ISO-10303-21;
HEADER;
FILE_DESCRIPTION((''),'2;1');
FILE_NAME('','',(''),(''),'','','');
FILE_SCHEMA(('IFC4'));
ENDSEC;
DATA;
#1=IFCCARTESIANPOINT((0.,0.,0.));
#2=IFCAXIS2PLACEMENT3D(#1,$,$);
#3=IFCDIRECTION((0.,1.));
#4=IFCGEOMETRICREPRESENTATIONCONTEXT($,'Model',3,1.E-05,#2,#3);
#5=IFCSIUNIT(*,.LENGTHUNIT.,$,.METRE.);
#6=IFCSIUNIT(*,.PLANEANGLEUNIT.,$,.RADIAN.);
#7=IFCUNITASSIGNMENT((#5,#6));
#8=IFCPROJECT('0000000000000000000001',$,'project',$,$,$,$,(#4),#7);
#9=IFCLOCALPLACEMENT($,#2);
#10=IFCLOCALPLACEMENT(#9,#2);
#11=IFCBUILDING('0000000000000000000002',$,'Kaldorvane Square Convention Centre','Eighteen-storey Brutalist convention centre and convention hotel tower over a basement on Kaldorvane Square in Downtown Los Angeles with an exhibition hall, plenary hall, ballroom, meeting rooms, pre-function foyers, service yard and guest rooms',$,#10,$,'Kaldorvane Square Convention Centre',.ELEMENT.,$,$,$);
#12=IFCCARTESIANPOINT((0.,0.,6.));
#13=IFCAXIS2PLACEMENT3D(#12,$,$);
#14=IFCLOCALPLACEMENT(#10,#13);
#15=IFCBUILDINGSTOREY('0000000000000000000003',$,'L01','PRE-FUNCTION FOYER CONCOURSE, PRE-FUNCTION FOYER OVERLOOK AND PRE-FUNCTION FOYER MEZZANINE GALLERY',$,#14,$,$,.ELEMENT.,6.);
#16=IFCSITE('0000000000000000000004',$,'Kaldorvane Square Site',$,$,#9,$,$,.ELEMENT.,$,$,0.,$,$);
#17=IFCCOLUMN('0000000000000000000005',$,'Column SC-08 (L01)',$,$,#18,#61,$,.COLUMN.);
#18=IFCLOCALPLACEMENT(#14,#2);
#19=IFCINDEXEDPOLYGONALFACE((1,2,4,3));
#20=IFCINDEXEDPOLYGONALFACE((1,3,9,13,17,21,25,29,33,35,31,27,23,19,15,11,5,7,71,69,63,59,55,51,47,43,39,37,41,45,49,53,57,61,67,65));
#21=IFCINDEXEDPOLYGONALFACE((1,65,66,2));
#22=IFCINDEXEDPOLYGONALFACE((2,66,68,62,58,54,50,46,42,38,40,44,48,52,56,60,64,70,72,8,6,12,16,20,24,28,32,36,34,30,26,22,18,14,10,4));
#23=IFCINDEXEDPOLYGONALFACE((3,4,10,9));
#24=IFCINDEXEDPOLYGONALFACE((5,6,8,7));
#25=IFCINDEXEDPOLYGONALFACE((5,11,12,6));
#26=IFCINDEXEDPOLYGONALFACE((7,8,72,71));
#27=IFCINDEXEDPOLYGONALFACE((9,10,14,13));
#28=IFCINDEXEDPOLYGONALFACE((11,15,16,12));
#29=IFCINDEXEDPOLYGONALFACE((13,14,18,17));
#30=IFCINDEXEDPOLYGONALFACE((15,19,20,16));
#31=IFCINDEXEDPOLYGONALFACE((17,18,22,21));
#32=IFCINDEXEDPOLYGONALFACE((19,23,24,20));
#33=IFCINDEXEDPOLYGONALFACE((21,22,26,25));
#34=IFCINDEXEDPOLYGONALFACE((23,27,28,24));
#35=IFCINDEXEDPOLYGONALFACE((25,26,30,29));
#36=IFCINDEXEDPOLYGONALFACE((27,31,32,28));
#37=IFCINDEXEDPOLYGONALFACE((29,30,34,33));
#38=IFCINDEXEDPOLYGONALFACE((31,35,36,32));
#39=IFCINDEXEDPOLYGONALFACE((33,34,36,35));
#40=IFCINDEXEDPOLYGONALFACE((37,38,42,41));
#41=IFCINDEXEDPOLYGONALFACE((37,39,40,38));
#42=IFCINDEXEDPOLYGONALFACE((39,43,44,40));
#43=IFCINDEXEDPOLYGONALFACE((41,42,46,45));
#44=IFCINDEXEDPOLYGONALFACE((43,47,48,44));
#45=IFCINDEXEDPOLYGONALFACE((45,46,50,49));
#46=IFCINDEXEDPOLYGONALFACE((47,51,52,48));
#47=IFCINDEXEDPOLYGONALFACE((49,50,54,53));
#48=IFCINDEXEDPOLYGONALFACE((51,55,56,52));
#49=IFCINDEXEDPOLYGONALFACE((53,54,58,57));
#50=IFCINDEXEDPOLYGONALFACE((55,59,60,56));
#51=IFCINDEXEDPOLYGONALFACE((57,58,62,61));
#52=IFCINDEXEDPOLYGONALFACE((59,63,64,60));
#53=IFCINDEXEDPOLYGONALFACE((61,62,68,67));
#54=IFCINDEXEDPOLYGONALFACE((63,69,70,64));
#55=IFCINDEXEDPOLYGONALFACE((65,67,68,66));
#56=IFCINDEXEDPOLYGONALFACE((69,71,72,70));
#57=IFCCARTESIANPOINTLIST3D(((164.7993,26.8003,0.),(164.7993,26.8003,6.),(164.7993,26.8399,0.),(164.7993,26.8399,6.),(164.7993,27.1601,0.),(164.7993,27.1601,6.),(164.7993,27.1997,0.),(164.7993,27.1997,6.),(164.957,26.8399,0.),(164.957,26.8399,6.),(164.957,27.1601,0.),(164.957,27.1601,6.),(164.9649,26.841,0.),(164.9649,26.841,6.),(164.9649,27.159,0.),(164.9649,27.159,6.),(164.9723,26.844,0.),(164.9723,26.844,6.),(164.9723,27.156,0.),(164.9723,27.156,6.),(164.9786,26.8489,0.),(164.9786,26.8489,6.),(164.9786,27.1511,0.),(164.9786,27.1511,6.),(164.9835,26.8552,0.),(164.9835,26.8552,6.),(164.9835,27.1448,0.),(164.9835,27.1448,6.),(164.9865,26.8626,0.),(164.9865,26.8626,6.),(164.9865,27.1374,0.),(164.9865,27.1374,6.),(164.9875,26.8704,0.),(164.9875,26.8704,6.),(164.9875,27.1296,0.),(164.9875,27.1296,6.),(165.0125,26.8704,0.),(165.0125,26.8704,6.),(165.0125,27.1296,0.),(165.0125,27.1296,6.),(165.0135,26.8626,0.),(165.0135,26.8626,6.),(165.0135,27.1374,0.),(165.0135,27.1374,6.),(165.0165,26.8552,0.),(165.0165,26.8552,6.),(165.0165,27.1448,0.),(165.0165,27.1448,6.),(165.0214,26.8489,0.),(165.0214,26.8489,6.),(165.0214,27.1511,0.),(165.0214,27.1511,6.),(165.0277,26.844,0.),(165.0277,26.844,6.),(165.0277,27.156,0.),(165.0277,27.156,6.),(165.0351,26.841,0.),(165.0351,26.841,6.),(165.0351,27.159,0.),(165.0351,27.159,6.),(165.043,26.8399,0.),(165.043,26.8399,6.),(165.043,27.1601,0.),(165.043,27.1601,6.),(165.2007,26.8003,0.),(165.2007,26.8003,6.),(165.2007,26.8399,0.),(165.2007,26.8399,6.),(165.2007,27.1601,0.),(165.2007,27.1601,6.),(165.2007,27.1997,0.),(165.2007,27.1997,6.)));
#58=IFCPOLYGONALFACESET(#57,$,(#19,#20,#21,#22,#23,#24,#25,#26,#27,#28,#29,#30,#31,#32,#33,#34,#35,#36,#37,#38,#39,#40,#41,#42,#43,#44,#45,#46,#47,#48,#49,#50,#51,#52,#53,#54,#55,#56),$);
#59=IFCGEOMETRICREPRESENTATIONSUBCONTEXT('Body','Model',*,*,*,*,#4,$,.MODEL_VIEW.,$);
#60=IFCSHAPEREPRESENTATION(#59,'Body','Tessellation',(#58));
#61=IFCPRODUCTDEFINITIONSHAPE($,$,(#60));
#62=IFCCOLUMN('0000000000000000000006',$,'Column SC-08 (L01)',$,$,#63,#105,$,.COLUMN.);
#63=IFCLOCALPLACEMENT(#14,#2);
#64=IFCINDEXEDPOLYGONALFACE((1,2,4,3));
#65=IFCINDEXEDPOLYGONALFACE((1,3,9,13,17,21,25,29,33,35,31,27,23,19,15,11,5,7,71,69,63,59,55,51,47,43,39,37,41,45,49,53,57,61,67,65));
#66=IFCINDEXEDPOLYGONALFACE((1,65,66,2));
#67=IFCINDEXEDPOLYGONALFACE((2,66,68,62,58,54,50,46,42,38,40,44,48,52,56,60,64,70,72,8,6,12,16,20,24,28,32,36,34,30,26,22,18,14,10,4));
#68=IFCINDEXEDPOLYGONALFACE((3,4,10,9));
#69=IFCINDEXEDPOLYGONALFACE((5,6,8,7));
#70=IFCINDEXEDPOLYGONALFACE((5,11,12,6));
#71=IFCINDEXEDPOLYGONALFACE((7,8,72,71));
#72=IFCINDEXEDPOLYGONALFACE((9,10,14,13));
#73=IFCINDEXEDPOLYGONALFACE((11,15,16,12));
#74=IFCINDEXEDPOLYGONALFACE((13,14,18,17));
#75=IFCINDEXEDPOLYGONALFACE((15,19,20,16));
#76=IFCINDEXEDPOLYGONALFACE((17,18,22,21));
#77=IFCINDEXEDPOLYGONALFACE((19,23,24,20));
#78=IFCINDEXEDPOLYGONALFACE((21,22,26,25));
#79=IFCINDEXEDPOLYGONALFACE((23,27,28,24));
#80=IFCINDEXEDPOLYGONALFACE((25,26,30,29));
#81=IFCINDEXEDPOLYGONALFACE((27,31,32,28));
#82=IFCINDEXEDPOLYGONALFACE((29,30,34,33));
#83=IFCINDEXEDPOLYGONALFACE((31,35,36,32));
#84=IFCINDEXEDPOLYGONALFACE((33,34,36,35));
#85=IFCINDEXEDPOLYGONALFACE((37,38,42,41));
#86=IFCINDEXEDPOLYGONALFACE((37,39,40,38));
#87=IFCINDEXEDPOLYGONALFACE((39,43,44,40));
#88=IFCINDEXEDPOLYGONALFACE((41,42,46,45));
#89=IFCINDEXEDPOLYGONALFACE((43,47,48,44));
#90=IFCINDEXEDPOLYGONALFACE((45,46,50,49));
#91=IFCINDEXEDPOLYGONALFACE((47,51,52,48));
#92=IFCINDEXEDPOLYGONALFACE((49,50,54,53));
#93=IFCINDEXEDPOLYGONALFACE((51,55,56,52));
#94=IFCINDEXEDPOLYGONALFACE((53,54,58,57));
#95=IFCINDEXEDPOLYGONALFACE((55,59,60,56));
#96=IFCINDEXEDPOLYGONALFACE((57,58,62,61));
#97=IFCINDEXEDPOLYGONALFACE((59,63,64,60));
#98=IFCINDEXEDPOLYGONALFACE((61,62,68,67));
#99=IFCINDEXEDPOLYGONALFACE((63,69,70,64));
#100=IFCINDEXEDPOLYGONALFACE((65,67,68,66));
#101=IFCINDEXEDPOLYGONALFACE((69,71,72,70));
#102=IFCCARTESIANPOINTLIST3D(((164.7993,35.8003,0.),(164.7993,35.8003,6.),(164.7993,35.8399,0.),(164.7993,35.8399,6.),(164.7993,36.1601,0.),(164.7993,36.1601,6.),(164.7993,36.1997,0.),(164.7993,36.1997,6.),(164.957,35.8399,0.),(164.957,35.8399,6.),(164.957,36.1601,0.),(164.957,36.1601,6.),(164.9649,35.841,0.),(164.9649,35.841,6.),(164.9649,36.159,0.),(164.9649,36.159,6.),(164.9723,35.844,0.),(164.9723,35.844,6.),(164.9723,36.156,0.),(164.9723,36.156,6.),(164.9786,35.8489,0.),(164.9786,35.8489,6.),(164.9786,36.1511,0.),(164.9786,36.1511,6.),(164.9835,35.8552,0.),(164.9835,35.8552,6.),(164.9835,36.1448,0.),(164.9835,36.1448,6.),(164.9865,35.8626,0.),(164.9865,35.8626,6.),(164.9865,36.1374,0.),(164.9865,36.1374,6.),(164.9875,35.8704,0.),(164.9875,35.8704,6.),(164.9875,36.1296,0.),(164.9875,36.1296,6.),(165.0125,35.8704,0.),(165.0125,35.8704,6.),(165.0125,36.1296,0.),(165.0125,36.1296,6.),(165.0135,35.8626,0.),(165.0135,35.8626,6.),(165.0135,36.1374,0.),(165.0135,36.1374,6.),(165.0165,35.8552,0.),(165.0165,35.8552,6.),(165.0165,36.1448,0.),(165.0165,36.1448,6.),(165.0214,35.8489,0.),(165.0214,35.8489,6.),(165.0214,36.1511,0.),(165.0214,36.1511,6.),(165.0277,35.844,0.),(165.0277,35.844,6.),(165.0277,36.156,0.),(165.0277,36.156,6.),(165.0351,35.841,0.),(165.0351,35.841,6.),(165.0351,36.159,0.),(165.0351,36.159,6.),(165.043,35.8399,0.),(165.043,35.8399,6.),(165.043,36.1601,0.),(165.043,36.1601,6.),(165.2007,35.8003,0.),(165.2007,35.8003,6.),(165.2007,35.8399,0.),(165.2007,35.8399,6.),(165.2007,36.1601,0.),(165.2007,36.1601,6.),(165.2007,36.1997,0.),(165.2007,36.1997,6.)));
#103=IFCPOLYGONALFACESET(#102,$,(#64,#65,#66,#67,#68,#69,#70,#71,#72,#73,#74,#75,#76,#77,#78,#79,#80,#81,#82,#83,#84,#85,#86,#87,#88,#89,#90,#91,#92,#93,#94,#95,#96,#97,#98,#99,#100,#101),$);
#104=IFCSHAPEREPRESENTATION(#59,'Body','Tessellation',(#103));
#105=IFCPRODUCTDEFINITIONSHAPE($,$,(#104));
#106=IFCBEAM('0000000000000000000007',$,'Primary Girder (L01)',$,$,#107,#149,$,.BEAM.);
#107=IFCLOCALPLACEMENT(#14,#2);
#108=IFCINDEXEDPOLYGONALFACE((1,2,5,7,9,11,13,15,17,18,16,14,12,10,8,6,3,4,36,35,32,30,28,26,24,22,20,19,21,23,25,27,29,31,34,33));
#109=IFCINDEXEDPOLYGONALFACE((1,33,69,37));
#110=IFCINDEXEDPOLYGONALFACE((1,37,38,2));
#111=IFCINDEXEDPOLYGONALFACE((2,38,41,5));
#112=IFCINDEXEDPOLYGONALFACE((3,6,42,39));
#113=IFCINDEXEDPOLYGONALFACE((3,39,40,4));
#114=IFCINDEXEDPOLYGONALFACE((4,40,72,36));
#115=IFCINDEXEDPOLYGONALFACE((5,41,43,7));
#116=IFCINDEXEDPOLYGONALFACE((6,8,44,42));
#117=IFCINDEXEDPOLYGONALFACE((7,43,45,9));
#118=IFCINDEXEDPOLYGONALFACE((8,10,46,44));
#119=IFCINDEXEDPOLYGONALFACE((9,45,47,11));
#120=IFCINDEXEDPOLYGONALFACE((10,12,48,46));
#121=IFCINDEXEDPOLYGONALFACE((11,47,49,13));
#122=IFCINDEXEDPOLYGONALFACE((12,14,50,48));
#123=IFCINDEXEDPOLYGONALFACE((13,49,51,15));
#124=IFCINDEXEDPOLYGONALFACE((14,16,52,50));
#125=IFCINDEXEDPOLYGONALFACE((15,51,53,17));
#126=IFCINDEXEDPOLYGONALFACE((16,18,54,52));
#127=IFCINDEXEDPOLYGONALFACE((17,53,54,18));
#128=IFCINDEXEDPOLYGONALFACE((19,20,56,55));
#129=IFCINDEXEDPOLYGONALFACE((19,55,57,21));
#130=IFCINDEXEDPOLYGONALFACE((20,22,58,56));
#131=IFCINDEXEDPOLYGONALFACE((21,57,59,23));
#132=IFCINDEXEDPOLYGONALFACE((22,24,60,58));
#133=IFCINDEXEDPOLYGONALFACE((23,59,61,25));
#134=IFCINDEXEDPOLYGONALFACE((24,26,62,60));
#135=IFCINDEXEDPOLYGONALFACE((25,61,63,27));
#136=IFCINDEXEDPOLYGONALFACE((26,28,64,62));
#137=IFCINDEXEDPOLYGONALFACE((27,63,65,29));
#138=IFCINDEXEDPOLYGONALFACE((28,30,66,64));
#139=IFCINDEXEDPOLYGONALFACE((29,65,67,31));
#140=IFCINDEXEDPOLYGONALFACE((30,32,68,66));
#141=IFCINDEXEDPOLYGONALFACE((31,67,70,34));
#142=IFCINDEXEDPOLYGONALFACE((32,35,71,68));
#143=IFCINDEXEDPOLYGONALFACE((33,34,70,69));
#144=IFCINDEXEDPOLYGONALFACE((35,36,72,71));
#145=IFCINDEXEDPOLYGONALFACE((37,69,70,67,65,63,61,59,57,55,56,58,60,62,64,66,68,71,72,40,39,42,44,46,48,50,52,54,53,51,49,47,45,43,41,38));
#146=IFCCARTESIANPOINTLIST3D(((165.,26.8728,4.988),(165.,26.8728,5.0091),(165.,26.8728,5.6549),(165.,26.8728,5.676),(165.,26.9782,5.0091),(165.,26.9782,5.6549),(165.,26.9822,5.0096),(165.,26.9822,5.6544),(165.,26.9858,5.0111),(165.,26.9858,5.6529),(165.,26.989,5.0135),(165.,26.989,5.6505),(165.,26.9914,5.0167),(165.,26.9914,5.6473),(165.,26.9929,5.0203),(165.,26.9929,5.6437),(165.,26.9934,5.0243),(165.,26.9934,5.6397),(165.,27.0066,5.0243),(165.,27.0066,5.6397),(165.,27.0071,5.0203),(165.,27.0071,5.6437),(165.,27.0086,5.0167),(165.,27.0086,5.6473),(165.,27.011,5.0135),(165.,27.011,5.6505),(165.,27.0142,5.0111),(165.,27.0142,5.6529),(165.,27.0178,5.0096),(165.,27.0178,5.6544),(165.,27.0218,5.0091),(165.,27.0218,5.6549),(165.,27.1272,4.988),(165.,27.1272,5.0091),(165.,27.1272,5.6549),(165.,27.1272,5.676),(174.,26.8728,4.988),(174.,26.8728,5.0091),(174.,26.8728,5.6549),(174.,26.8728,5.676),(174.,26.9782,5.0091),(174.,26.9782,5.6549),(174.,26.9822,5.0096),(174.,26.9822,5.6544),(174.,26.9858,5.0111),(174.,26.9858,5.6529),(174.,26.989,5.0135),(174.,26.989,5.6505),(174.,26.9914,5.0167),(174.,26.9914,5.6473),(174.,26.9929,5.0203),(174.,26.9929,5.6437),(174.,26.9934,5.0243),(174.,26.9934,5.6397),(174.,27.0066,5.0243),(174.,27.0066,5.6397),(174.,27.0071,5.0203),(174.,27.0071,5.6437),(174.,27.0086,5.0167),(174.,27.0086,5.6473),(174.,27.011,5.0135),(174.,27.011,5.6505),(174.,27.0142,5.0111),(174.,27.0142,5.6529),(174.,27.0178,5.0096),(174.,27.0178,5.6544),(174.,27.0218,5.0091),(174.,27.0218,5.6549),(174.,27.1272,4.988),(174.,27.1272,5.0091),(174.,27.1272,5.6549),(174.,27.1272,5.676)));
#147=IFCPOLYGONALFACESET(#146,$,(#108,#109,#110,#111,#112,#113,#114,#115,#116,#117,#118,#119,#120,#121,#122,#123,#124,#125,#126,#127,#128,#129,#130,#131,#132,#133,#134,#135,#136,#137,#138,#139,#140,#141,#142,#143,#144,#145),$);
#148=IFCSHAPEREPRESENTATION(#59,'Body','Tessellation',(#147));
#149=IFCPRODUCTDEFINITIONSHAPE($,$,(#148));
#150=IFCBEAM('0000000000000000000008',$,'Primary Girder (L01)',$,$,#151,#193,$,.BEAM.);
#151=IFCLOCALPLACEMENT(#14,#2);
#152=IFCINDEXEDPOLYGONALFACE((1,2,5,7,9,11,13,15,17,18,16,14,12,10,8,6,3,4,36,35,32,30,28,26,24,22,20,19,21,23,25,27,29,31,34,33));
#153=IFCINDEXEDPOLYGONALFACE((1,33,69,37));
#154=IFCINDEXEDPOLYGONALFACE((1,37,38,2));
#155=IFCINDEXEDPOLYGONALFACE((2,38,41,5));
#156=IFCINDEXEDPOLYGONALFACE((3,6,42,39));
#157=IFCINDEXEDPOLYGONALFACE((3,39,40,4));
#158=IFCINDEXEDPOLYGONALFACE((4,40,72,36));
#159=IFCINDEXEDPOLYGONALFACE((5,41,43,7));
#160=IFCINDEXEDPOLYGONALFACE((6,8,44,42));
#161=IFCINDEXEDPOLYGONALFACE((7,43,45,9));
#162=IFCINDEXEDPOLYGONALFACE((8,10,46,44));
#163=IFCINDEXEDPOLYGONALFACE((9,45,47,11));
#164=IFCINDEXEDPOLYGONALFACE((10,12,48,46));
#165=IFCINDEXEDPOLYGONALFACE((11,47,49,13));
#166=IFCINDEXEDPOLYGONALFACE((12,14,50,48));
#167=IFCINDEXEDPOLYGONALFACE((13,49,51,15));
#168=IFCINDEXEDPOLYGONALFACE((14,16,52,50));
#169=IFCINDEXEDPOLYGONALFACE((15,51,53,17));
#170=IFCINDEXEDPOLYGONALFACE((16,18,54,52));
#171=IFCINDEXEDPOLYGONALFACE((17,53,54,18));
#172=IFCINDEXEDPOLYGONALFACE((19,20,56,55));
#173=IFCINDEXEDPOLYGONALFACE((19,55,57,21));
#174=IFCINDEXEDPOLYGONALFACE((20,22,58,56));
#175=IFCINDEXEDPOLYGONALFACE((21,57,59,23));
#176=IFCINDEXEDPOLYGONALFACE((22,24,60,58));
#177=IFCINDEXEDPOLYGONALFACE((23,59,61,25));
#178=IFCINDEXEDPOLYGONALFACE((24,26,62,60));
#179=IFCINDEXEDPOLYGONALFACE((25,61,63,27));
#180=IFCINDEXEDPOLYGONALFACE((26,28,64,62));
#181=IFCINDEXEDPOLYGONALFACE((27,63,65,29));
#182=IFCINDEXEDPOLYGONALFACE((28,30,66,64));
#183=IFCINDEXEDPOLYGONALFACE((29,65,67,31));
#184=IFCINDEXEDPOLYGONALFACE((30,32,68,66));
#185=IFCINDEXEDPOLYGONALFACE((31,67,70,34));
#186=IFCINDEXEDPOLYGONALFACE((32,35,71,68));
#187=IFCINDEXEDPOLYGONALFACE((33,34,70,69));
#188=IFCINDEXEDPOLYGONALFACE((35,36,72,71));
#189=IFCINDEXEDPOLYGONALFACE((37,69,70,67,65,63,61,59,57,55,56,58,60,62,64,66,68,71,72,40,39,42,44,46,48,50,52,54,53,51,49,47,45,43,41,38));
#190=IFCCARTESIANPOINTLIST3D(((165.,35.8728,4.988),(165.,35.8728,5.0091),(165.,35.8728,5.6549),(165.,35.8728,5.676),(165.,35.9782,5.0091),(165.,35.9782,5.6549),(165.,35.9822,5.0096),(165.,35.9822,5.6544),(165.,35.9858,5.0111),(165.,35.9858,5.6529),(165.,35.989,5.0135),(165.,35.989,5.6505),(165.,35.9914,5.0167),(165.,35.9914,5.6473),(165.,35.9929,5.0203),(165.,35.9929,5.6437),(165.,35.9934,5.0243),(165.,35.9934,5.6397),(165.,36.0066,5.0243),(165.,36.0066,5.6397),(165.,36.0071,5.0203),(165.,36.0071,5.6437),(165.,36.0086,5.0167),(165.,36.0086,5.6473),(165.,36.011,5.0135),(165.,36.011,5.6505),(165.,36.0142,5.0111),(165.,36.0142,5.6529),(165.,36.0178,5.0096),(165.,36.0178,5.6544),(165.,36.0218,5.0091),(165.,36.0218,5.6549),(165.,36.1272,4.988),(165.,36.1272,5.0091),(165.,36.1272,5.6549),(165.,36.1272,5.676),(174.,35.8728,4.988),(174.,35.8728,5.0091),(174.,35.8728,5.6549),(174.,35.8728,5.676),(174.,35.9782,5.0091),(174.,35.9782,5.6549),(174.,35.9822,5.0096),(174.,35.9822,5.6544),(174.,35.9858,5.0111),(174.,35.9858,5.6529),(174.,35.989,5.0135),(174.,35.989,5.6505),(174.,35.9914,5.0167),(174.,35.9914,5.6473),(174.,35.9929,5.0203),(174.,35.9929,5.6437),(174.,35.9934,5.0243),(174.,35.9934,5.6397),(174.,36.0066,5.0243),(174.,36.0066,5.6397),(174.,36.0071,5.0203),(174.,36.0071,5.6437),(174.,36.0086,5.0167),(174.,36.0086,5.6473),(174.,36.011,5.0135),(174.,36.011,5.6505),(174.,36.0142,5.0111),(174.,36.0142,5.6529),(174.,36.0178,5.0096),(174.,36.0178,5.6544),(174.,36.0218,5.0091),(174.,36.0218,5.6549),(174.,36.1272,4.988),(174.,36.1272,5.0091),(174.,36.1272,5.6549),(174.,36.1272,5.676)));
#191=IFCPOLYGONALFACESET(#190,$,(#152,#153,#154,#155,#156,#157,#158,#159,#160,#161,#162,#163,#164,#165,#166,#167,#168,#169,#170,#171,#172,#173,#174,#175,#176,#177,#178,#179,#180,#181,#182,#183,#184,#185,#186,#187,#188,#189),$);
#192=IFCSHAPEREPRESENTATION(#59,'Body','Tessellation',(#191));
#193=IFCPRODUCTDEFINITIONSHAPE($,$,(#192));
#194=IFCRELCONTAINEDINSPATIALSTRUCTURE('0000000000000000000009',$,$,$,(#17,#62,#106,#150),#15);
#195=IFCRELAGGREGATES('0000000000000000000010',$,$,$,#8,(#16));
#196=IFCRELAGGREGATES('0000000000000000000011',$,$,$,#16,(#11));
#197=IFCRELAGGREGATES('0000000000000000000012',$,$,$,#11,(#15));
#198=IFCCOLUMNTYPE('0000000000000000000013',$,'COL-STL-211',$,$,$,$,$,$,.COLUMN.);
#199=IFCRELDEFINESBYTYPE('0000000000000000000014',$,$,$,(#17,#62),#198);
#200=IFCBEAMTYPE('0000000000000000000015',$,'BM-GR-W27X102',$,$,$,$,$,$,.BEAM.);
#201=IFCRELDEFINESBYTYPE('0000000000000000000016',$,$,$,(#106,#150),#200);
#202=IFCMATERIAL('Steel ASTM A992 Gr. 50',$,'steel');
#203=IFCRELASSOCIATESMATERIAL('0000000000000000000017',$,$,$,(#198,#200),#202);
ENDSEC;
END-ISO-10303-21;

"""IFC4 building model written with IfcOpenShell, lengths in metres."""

from ifc_helpers import new_model, si_unit, direction, frame, origin, origin_2d, place, context, subcontext, project, spatial, i_section, extrude, material, material_profile, profile_set, type_object, element, save


model = new_model("IFC4")

# Units and contexts
model_context = context("Model", 3, precision=1e-05, world=origin(), true_north=direction((0.0, 1.0)))
body_context = subcontext(model_context, "Body", "Model", "MODEL_VIEW")
ifc_project = project(units=[si_unit("LENGTHUNIT", "METRE"), si_unit("PLANEANGLEUNIT", "RADIAN")], contexts=[model_context])

# Site, building, storey
site_placement = place(None, origin())
site = spatial("IfcSite", under=ifc_project, at=site_placement, Name="Kaldorvane Square Site", CompositionType="ELEMENT", RefElevation=0.0)
building_placement = place(site_placement, origin())
building = spatial("IfcBuilding", under=site, at=building_placement, Name="Kaldorvane Square Convention Centre", Description="Eighteen-storey Brutalist convention centre and convention hotel tower over a basement on Kaldorvane Square in Downtown Los Angeles with an exhibition hall, plenary hall, ballroom, meeting rooms, pre-function foyers, service yard and guest rooms", LongName="Kaldorvane Square Convention Centre", CompositionType="ELEMENT")
storey_placement = place(building_placement, frame((0.0, 0.0, 6.0)))
storey = spatial("IfcBuildingStorey", under=building, at=storey_placement, Name="L01", Description="PRE-FUNCTION FOYER CONCOURSE, PRE-FUNCTION FOYER OVERLOOK AND PRE-FUNCTION FOYER MEZZANINE GALLERY", CompositionType="ELEMENT", Elevation=6.0)

# Columns
ifc_material_1 = material(Name="Steel ASTM A992 Gr. 50", Category="steel")
ifc_material_profile_1 = material_profile(ifc_material_1, i_section(OverallWidth=0.4013, OverallDepth=0.3993, WebThickness=0.0249, FlangeThickness=0.0396, FilletRadius=0.0305, at=origin_2d()), Name="W14X211")
ifc_profile_set_1 = profile_set([ifc_material_profile_1], Name="Steel ASTM A992 Gr. 50")
column_type = type_object("IfcColumnType", Name="COL-STL-211", PredefinedType="COLUMN", material=ifc_profile_set_1)
for number, where, z_axis, x_axis, name in (
    (1, (165.0, 27.0, 0.0), (0.0, 0.0, 1.0), (1.0, 0.0, 0.0), "Column SC-08 (L01)"),
    (2, (165.0, 36.0, 0.0), (0.0, 0.0, 1.0), (1.0, 0.0, 0.0), "Column SC-08 (L01)"),
):
    element("IfcColumn", number, at=place(storey_placement, frame(where, z_axis=z_axis, x_axis=x_axis)), inside=storey, type_object=column_type, Name=name, PredefinedType="COLUMN", context=body_context, shape_type="SweptSolid", body=[
        extrude(i_section(OverallWidth=0.4013, OverallDepth=0.3993, WebThickness=0.0249, FlangeThickness=0.0396, FilletRadius=0.0305, at=origin_2d()), origin(), (0.0, 0.0, 1.0), 6.0),
    ])

# Beams
ifc_material_profile_2 = material_profile(ifc_material_1, i_section(OverallWidth=0.2544, OverallDepth=0.6881, WebThickness=0.0131, FlangeThickness=0.0211, FilletRadius=0.0152, at=origin_2d()), Name="W27X102")
ifc_profile_set_2 = profile_set([ifc_material_profile_2], Name="Steel ASTM A992 Gr. 50")
beam_type_1 = type_object("IfcBeamType", Name="BM-GR-W27X102", PredefinedType="BEAM", material=ifc_profile_set_2)
for number, where, z_axis, x_axis, name in (
    (3, (165.0, 27.0, 5.332), (1.0, 0.0, 0.0), (0.0, 1.0, 0.0), "Primary Girder (L01)"),
    (4, (165.0, 36.0, 5.332), (1.0, 0.0, 0.0), (0.0, 1.0, 0.0), "Primary Girder (L01)"),
):
    element("IfcBeam", number, at=place(storey_placement, frame(where, z_axis=z_axis, x_axis=x_axis)), inside=storey, type_object=beam_type_1, Name=name, PredefinedType="BEAM", context=body_context, shape_type="SweptSolid", body=[
        extrude(i_section(OverallWidth=0.2544, OverallDepth=0.6881, WebThickness=0.0131, FlangeThickness=0.0211, FilletRadius=0.0152, at=origin_2d()), origin(), (0.0, 0.0, 1.0), 9.0),
    ])

save(model, "model.ifc")
